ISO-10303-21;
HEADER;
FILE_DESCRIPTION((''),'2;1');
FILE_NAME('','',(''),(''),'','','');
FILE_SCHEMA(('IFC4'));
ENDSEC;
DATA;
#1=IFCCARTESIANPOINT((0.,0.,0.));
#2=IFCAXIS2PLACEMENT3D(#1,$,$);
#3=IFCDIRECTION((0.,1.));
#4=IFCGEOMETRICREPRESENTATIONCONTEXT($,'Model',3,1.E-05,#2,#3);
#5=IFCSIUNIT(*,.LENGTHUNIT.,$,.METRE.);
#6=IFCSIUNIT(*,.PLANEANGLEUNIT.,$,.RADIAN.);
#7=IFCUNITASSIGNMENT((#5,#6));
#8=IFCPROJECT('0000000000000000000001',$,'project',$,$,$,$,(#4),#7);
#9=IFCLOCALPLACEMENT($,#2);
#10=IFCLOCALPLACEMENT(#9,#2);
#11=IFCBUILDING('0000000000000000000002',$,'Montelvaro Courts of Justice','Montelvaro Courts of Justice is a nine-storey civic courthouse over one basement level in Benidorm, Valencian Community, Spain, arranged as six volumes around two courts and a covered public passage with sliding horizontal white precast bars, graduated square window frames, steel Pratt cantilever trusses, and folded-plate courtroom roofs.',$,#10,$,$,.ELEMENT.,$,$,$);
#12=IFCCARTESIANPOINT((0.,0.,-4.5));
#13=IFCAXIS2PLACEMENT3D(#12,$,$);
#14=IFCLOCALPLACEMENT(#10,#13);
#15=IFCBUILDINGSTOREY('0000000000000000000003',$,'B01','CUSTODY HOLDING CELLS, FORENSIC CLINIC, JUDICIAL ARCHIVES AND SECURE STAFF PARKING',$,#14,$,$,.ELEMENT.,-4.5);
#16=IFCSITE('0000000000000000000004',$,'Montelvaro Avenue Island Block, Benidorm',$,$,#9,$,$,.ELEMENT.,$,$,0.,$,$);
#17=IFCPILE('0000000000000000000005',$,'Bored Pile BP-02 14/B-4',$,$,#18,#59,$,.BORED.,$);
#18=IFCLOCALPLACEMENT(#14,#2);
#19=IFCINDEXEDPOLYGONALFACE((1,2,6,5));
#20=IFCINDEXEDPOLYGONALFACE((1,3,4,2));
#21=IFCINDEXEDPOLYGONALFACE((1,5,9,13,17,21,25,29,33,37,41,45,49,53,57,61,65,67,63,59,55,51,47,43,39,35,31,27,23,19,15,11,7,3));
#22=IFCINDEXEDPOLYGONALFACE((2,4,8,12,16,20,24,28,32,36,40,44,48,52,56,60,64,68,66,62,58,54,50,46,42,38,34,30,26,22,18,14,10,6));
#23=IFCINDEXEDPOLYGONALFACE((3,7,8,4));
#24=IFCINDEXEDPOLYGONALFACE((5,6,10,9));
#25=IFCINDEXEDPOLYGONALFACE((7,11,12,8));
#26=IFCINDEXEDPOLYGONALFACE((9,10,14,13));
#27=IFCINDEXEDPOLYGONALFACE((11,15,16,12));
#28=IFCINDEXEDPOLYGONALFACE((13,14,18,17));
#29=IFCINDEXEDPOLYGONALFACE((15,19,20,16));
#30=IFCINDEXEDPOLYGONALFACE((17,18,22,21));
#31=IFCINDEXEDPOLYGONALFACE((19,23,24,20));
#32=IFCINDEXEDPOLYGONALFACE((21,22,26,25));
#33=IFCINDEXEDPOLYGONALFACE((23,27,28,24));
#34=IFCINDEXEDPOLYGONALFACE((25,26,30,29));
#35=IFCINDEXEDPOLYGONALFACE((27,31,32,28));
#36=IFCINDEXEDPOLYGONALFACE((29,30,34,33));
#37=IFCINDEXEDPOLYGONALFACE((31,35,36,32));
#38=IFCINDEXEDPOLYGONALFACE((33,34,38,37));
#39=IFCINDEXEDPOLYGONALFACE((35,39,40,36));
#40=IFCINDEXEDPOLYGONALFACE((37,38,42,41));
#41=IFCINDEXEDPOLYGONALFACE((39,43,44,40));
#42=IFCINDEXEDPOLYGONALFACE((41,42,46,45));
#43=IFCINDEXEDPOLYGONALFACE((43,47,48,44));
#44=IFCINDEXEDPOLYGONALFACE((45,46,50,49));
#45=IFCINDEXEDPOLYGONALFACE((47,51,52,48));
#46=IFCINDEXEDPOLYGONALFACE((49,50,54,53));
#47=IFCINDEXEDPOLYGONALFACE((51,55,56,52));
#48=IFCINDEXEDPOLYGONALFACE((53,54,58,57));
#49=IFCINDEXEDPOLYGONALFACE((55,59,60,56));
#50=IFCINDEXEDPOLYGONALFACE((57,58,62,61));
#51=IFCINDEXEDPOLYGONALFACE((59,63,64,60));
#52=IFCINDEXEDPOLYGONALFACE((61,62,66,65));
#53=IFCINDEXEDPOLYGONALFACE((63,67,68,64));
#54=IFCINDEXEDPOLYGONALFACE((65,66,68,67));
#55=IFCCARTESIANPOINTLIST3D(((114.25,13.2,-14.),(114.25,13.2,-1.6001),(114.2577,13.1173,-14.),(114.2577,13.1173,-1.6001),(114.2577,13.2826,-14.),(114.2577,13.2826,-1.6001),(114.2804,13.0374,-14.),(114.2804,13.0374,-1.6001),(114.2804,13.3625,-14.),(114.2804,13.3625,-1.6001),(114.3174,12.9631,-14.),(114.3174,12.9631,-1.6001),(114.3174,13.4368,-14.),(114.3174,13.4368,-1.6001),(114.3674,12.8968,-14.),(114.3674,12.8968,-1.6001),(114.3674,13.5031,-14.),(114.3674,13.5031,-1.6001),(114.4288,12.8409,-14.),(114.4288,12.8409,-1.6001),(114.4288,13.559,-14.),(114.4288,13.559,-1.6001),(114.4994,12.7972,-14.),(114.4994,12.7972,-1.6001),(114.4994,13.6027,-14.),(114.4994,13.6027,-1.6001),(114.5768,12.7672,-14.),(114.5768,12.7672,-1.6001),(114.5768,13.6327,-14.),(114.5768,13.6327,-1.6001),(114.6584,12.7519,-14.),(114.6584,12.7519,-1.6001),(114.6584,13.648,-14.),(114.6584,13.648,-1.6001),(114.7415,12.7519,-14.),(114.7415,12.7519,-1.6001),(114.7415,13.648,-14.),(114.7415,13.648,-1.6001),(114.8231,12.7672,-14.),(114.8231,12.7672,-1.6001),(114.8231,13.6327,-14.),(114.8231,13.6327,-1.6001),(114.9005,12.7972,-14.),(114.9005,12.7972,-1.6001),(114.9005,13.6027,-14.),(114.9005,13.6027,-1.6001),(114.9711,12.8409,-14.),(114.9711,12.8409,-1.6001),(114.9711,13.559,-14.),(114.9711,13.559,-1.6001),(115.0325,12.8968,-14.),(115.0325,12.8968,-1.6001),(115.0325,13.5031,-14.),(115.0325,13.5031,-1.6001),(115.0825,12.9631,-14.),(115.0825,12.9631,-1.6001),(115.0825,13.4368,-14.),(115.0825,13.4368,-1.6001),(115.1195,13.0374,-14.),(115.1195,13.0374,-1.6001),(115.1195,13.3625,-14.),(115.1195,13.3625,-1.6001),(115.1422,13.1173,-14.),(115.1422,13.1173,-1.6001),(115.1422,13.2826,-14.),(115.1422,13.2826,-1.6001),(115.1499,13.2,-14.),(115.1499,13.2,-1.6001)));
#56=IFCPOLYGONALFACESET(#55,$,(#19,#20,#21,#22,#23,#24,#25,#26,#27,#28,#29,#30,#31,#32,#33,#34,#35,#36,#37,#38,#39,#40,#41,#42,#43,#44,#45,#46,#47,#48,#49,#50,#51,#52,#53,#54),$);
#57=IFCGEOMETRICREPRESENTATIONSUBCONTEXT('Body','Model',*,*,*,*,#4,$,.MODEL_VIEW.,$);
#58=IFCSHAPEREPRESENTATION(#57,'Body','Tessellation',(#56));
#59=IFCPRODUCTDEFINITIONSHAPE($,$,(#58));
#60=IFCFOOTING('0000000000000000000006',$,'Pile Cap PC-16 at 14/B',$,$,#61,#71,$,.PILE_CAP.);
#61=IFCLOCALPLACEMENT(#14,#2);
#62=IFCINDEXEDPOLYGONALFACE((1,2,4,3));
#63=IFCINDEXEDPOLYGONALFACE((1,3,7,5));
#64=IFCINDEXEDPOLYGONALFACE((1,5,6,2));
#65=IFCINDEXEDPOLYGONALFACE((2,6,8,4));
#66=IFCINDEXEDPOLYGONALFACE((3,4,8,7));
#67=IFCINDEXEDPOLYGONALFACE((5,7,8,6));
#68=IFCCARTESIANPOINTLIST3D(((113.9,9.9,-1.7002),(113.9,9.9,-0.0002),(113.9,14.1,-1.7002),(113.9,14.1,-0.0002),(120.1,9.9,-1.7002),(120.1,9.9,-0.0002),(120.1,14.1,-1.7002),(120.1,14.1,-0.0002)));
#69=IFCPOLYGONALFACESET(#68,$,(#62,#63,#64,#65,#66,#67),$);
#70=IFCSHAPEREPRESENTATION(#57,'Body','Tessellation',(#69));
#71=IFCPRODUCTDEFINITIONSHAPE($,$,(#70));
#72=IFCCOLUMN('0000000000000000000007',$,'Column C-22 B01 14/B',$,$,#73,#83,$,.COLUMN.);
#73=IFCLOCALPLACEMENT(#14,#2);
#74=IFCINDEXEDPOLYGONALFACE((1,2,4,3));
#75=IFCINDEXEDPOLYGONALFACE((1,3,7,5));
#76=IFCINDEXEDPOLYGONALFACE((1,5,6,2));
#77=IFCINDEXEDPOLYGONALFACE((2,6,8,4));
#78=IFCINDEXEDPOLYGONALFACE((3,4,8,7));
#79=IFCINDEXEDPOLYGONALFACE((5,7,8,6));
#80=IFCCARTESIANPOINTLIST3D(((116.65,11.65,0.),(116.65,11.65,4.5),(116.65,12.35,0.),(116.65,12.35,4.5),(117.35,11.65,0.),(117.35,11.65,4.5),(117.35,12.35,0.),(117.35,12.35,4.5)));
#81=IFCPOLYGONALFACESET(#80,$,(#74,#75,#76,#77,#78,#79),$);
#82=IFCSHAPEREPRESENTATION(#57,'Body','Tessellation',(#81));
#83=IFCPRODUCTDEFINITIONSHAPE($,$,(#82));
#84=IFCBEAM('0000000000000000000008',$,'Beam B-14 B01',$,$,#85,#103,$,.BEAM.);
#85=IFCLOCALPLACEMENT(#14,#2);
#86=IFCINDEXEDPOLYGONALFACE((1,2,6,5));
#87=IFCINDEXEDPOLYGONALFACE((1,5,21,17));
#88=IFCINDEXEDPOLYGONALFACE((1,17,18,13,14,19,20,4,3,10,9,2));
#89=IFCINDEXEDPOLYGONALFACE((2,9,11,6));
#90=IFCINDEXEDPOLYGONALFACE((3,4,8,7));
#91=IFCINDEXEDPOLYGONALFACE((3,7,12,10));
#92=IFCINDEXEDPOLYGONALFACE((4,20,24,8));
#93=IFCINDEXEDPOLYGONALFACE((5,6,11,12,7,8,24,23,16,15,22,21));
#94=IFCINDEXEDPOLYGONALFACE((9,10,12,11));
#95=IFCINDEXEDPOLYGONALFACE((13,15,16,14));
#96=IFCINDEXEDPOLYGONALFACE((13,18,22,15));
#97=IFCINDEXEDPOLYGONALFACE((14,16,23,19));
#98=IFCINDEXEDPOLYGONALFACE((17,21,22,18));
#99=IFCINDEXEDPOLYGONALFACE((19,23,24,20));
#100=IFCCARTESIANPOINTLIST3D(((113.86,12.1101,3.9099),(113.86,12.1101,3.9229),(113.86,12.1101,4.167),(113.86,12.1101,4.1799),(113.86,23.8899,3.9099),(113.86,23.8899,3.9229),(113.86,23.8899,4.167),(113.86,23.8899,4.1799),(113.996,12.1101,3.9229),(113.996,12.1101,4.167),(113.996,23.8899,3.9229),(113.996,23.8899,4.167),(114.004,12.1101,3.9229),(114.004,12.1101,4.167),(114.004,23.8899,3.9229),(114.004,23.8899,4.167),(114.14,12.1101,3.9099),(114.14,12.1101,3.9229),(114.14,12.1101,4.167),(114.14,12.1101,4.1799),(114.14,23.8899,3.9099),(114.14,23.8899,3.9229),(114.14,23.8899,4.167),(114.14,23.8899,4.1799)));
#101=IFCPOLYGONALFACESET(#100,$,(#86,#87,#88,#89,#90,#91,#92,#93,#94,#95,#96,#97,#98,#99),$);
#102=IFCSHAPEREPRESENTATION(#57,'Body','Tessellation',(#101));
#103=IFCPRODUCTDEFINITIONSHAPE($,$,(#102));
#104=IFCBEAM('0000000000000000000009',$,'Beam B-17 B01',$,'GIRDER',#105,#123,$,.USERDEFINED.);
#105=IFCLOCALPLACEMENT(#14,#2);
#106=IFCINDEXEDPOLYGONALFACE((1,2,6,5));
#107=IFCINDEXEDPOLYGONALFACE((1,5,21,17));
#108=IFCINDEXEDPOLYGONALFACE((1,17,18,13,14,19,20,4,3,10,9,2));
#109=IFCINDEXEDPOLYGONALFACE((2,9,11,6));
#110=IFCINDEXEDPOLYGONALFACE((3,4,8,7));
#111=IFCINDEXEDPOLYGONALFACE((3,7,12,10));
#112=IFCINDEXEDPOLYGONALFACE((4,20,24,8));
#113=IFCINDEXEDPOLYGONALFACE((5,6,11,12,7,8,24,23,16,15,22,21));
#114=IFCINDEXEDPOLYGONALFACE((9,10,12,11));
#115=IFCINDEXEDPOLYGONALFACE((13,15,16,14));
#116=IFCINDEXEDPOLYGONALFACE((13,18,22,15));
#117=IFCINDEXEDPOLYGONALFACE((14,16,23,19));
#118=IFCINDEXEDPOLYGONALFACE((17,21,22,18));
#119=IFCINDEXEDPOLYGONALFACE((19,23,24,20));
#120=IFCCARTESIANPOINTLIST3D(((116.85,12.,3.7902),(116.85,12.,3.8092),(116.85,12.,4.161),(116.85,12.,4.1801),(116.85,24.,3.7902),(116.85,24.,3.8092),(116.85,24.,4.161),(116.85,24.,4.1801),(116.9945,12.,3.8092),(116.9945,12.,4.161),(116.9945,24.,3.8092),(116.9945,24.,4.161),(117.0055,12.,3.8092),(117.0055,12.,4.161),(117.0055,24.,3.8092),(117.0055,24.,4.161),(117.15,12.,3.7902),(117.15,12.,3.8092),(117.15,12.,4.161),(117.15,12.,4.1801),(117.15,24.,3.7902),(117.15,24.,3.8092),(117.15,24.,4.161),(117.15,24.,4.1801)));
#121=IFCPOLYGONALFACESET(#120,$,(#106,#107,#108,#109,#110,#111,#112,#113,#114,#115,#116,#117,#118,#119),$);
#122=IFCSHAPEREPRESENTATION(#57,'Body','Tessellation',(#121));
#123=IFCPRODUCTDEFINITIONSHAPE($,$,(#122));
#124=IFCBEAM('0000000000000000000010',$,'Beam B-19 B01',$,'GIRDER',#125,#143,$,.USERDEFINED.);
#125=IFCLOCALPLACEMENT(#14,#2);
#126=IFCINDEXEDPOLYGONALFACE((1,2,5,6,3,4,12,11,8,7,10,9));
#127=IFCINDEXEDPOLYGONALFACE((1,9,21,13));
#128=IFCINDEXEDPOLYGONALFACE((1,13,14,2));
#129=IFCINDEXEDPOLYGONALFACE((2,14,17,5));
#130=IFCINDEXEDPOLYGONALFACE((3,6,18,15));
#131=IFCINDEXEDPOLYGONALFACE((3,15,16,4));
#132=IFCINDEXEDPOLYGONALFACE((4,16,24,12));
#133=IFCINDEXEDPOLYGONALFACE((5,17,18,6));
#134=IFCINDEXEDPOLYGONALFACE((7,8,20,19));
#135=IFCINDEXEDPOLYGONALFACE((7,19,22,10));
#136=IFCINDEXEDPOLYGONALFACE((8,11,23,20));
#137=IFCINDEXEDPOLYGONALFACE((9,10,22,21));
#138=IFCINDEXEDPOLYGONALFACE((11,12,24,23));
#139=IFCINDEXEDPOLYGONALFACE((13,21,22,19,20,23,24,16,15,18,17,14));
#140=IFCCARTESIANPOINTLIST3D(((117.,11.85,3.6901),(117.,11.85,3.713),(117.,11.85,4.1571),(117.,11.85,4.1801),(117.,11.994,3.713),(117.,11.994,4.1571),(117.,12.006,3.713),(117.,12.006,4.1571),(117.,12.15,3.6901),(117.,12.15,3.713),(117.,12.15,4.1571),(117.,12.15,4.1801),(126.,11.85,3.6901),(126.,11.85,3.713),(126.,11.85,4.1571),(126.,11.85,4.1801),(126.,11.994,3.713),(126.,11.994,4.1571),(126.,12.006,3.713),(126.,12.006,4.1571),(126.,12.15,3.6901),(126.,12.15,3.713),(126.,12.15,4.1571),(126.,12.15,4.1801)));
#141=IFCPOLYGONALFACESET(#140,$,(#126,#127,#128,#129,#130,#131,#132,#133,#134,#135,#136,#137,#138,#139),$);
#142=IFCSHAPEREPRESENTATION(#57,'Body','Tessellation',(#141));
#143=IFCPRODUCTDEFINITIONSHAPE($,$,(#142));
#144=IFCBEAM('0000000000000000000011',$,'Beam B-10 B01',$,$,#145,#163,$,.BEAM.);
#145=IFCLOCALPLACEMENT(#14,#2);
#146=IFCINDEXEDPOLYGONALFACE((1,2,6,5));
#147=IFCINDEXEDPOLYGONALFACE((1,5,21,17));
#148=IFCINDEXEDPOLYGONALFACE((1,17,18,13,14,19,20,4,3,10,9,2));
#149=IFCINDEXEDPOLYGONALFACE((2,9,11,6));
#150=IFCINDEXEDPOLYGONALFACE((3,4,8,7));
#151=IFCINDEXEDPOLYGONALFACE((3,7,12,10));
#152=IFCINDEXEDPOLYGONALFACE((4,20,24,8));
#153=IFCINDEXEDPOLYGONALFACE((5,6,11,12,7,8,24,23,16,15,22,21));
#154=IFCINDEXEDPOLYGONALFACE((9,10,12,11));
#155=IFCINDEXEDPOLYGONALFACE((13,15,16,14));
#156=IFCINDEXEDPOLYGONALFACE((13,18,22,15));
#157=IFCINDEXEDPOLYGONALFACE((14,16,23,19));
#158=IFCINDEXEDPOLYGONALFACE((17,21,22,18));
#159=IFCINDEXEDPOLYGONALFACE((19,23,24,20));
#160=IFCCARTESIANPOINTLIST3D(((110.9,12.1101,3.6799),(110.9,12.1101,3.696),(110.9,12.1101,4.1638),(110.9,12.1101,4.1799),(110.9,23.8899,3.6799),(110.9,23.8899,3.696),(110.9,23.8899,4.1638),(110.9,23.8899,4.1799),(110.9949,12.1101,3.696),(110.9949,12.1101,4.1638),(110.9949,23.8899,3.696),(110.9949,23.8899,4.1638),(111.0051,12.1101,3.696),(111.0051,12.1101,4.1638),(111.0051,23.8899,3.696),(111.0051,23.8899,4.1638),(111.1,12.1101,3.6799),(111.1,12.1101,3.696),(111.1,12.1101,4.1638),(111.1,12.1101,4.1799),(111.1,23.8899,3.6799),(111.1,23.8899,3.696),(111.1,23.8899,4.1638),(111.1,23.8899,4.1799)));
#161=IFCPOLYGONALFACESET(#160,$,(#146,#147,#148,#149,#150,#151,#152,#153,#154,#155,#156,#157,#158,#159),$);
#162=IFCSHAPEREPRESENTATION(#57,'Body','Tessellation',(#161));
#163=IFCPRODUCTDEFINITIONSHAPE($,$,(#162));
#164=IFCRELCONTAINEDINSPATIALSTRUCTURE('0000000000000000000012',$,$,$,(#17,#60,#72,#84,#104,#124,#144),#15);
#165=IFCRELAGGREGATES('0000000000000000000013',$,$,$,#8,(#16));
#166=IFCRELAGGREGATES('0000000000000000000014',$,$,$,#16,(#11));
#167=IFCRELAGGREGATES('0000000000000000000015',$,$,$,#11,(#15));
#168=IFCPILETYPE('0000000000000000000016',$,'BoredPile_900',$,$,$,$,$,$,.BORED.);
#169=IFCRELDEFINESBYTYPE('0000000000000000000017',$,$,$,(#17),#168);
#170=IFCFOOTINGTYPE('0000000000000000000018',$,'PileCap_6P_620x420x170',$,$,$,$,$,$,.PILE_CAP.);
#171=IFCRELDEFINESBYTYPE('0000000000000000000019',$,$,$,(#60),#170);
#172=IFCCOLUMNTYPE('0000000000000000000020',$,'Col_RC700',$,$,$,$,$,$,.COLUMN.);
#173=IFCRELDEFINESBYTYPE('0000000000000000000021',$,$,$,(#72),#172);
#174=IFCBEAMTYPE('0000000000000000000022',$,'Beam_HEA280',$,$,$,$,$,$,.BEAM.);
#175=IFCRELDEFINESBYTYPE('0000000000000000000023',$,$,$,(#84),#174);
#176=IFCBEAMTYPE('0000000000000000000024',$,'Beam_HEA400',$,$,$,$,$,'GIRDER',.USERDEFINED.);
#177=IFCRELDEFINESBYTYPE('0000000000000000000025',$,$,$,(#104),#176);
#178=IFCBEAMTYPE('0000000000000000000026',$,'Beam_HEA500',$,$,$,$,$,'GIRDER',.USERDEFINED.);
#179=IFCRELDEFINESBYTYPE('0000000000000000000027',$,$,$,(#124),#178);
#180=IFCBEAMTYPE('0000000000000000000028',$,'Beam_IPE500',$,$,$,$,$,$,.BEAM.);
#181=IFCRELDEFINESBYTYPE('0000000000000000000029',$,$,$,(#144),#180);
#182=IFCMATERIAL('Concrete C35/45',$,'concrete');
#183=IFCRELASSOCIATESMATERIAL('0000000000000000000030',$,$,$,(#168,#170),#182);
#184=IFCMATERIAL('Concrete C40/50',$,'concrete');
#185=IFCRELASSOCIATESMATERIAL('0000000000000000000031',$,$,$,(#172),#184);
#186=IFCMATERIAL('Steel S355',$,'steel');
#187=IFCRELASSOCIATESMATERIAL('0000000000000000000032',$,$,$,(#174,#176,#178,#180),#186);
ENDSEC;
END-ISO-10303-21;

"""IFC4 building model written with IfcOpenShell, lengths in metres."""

from ifc_helpers import new_model, si_unit, direction, frame, origin, origin_2d, place, context, subcontext, project, spatial, rectangle, circle, i_section, extrude, material, material_profile, profile_set, type_object, element, save


model = new_model("IFC4")

# Units and contexts
model_context = context("Model", 3, precision=1e-05, world=origin(), true_north=direction((0.0, 1.0)))
body_context = subcontext(model_context, "Body", "Model", "MODEL_VIEW")
ifc_project = project(units=[si_unit("LENGTHUNIT", "METRE"), si_unit("PLANEANGLEUNIT", "RADIAN")], contexts=[model_context])

# Site, building, storey
site_placement = place(None, origin())
site = spatial("IfcSite", under=ifc_project, at=site_placement, Name="Montelvaro Avenue Island Block, Benidorm", CompositionType="ELEMENT", RefElevation=0.0)
building_placement = place(site_placement, origin())
building = spatial("IfcBuilding", under=site, at=building_placement, Name="Montelvaro Courts of Justice", Description="Montelvaro Courts of Justice is a nine-storey civic courthouse over one basement level in Benidorm, Valencian Community, Spain, arranged as six volumes around two courts and a covered public passage with sliding horizontal white precast bars, graduated square window frames, steel Pratt cantilever trusses, and folded-plate courtroom roofs.", CompositionType="ELEMENT")
storey_placement = place(building_placement, frame((0.0, 0.0, -4.5)))
storey = spatial("IfcBuildingStorey", under=building, at=storey_placement, Name="B01", Description="CUSTODY HOLDING CELLS, FORENSIC CLINIC, JUDICIAL ARCHIVES AND SECURE STAFF PARKING", CompositionType="ELEMENT", Elevation=-4.5)

# Pile
ifc_material_1 = material(Name="Concrete C35/45", Category="concrete")
ifc_material_profile_1 = material_profile(ifc_material_1, circle(Radius=0.45, at=origin_2d()), Name="BORED PILE D900")
ifc_profile_set_1 = profile_set([ifc_material_profile_1], Name="Concrete C35/45")
pile_type_1 = type_object("IfcPileType", Name="BoredPile_900", PredefinedType="BORED", material=ifc_profile_set_1)
for number, where, z_axis, x_axis, name in (
    (1, (114.7, 13.2, -1.6001), (0.0, 0.0, -1.0), (1.0, 0.0, 0.0), "Bored Pile BP-02 14/B-4"),
):
    element("IfcPile", number, at=place(storey_placement, frame(where, z_axis=z_axis, x_axis=x_axis)), inside=storey, type_object=pile_type_1, Name=name, PredefinedType="BORED", context=body_context, shape_type="SweptSolid", body=[
        extrude(circle(Radius=0.45, at=origin_2d()), origin(), (0.0, 0.0, 1.0), 12.3999),
    ])

# Footing
footing_type = type_object("IfcFootingType", Name="PileCap_6P_620x420x170", PredefinedType="PILE_CAP", material=ifc_material_1)
footing_placement = place(storey_placement, frame((117.0, 12.0, -1.7002), z_axis=(0.0, 0.0, 1.0), x_axis=(1.0, 0.0, 0.0)))
element("IfcFooting", 2, at=footing_placement, inside=storey, type_object=footing_type, Name="Pile Cap PC-16 at 14/B", PredefinedType="PILE_CAP", context=body_context, shape_type="SweptSolid", body=[
    extrude(rectangle(XDim=6.2, YDim=4.2, at=origin_2d()), origin(), (0.0, 0.0, 1.0), 1.7),
])

# Column
ifc_material_2 = material(Name="Concrete C40/50", Category="concrete")
ifc_material_profile_2 = material_profile(ifc_material_2, rectangle(XDim=0.7, YDim=0.7, at=origin_2d()), Name="RC 700x700")
ifc_profile_set_2 = profile_set([ifc_material_profile_2], Name="Concrete C40/50")
column_type = type_object("IfcColumnType", Name="Col_RC700", PredefinedType="COLUMN", material=ifc_profile_set_2)
column_placement = place(storey_placement, frame((117.0, 12.0, 0.0), z_axis=(0.0, 0.0, 1.0), x_axis=(1.0, 0.0, 0.0)))
element("IfcColumn", 3, at=column_placement, inside=storey, type_object=column_type, Name="Column C-22 B01 14/B", PredefinedType="COLUMN", context=body_context, shape_type="SweptSolid", body=[
    extrude(rectangle(XDim=0.7, YDim=0.7, at=origin_2d()), origin(), (0.0, 0.0, 1.0), 4.5),
])

# Beams
ifc_material_3 = material(Name="Steel S355", Category="steel")
ifc_material_profile_3 = material_profile(ifc_material_3, i_section(OverallWidth=0.28, OverallDepth=0.27, WebThickness=0.0081, FlangeThickness=0.0129, at=origin_2d()), Name="HEA 280")
ifc_profile_set_3 = profile_set([ifc_material_profile_3], Name="Steel S355")
beam_type_1 = type_object("IfcBeamType", Name="Beam_HEA280", PredefinedType="BEAM", material=ifc_profile_set_3)
beam_1_placement = place(storey_placement, frame((114.0, 12.1101, 4.0449), z_axis=(0.0, 1.0, 0.0), x_axis=(-1.0, 0.0, 0.0)))
element("IfcBeam", 4, at=beam_1_placement, inside=storey, type_object=beam_type_1, Name="Beam B-14 B01", PredefinedType="BEAM", context=body_context, shape_type="SweptSolid", body=[
    extrude(i_section(OverallWidth=0.28, OverallDepth=0.27, WebThickness=0.0081, FlangeThickness=0.0129, at=origin_2d()), origin(), (0.0, 0.0, 1.0), 11.7798),
])
ifc_material_profile_4 = material_profile(ifc_material_3, i_section(OverallWidth=0.3, OverallDepth=0.3899, WebThickness=0.011, FlangeThickness=0.019, at=origin_2d()), Name="HEA 400")
ifc_profile_set_4 = profile_set([ifc_material_profile_4], Name="Steel S355")
beam_type_2 = type_object("IfcBeamType", Name="Beam_HEA400", ElementType="GIRDER", PredefinedType="USERDEFINED", material=ifc_profile_set_4)
beam_2_placement = place(storey_placement, frame((117.0, 12.0, 3.9851), z_axis=(0.0, 1.0, 0.0), x_axis=(-1.0, 0.0, 0.0)))
element("IfcBeam", 5, at=beam_2_placement, inside=storey, type_object=beam_type_2, Name="Beam B-17 B01", ObjectType="GIRDER", PredefinedType="USERDEFINED", context=body_context, shape_type="SweptSolid", body=[
    extrude(i_section(OverallWidth=0.3, OverallDepth=0.3899, WebThickness=0.011, FlangeThickness=0.019, at=origin_2d()), origin(), (0.0, 0.0, 1.0), 12.0),
])
ifc_material_profile_5 = material_profile(ifc_material_3, i_section(OverallWidth=0.3, OverallDepth=0.49, WebThickness=0.012, FlangeThickness=0.0229, at=origin_2d()), Name="HEA 500")
ifc_profile_set_5 = profile_set([ifc_material_profile_5], Name="Steel S355")
beam_type_3 = type_object("IfcBeamType", Name="Beam_HEA500", ElementType="GIRDER", PredefinedType="USERDEFINED", material=ifc_profile_set_5)
beam_3_placement = place(storey_placement, frame((117.0, 12.0, 3.9351), z_axis=(1.0, 0.0, 0.0), x_axis=(0.0, 1.0, 0.0)))
element("IfcBeam", 6, at=beam_3_placement, inside=storey, type_object=beam_type_3, Name="Beam B-19 B01", ObjectType="GIRDER", PredefinedType="USERDEFINED", context=body_context, shape_type="SweptSolid", body=[
    extrude(i_section(OverallWidth=0.3, OverallDepth=0.49, WebThickness=0.012, FlangeThickness=0.0229, at=origin_2d()), origin(), (0.0, 0.0, 1.0), 9.0),
])
ifc_material_profile_6 = material_profile(ifc_material_3, i_section(OverallWidth=0.2, OverallDepth=0.5, WebThickness=0.0103, FlangeThickness=0.0161, at=origin_2d()), Name="IPE 500")
ifc_profile_set_6 = profile_set([ifc_material_profile_6], Name="Steel S355")
beam_type_4 = type_object("IfcBeamType", Name="Beam_IPE500", PredefinedType="BEAM", material=ifc_profile_set_6)
beam_4_placement = place(storey_placement, frame((111.0, 12.1101, 3.9299), z_axis=(0.0, 1.0, 0.0), x_axis=(-1.0, 0.0, 0.0)))
element("IfcBeam", 7, at=beam_4_placement, inside=storey, type_object=beam_type_4, Name="Beam B-10 B01", PredefinedType="BEAM", context=body_context, shape_type="SweptSolid", body=[
    extrude(i_section(OverallWidth=0.2, OverallDepth=0.5, WebThickness=0.0103, FlangeThickness=0.0161, at=origin_2d()), origin(), (0.0, 0.0, 1.0), 11.7798),
])

save(model, "model.ifc")
